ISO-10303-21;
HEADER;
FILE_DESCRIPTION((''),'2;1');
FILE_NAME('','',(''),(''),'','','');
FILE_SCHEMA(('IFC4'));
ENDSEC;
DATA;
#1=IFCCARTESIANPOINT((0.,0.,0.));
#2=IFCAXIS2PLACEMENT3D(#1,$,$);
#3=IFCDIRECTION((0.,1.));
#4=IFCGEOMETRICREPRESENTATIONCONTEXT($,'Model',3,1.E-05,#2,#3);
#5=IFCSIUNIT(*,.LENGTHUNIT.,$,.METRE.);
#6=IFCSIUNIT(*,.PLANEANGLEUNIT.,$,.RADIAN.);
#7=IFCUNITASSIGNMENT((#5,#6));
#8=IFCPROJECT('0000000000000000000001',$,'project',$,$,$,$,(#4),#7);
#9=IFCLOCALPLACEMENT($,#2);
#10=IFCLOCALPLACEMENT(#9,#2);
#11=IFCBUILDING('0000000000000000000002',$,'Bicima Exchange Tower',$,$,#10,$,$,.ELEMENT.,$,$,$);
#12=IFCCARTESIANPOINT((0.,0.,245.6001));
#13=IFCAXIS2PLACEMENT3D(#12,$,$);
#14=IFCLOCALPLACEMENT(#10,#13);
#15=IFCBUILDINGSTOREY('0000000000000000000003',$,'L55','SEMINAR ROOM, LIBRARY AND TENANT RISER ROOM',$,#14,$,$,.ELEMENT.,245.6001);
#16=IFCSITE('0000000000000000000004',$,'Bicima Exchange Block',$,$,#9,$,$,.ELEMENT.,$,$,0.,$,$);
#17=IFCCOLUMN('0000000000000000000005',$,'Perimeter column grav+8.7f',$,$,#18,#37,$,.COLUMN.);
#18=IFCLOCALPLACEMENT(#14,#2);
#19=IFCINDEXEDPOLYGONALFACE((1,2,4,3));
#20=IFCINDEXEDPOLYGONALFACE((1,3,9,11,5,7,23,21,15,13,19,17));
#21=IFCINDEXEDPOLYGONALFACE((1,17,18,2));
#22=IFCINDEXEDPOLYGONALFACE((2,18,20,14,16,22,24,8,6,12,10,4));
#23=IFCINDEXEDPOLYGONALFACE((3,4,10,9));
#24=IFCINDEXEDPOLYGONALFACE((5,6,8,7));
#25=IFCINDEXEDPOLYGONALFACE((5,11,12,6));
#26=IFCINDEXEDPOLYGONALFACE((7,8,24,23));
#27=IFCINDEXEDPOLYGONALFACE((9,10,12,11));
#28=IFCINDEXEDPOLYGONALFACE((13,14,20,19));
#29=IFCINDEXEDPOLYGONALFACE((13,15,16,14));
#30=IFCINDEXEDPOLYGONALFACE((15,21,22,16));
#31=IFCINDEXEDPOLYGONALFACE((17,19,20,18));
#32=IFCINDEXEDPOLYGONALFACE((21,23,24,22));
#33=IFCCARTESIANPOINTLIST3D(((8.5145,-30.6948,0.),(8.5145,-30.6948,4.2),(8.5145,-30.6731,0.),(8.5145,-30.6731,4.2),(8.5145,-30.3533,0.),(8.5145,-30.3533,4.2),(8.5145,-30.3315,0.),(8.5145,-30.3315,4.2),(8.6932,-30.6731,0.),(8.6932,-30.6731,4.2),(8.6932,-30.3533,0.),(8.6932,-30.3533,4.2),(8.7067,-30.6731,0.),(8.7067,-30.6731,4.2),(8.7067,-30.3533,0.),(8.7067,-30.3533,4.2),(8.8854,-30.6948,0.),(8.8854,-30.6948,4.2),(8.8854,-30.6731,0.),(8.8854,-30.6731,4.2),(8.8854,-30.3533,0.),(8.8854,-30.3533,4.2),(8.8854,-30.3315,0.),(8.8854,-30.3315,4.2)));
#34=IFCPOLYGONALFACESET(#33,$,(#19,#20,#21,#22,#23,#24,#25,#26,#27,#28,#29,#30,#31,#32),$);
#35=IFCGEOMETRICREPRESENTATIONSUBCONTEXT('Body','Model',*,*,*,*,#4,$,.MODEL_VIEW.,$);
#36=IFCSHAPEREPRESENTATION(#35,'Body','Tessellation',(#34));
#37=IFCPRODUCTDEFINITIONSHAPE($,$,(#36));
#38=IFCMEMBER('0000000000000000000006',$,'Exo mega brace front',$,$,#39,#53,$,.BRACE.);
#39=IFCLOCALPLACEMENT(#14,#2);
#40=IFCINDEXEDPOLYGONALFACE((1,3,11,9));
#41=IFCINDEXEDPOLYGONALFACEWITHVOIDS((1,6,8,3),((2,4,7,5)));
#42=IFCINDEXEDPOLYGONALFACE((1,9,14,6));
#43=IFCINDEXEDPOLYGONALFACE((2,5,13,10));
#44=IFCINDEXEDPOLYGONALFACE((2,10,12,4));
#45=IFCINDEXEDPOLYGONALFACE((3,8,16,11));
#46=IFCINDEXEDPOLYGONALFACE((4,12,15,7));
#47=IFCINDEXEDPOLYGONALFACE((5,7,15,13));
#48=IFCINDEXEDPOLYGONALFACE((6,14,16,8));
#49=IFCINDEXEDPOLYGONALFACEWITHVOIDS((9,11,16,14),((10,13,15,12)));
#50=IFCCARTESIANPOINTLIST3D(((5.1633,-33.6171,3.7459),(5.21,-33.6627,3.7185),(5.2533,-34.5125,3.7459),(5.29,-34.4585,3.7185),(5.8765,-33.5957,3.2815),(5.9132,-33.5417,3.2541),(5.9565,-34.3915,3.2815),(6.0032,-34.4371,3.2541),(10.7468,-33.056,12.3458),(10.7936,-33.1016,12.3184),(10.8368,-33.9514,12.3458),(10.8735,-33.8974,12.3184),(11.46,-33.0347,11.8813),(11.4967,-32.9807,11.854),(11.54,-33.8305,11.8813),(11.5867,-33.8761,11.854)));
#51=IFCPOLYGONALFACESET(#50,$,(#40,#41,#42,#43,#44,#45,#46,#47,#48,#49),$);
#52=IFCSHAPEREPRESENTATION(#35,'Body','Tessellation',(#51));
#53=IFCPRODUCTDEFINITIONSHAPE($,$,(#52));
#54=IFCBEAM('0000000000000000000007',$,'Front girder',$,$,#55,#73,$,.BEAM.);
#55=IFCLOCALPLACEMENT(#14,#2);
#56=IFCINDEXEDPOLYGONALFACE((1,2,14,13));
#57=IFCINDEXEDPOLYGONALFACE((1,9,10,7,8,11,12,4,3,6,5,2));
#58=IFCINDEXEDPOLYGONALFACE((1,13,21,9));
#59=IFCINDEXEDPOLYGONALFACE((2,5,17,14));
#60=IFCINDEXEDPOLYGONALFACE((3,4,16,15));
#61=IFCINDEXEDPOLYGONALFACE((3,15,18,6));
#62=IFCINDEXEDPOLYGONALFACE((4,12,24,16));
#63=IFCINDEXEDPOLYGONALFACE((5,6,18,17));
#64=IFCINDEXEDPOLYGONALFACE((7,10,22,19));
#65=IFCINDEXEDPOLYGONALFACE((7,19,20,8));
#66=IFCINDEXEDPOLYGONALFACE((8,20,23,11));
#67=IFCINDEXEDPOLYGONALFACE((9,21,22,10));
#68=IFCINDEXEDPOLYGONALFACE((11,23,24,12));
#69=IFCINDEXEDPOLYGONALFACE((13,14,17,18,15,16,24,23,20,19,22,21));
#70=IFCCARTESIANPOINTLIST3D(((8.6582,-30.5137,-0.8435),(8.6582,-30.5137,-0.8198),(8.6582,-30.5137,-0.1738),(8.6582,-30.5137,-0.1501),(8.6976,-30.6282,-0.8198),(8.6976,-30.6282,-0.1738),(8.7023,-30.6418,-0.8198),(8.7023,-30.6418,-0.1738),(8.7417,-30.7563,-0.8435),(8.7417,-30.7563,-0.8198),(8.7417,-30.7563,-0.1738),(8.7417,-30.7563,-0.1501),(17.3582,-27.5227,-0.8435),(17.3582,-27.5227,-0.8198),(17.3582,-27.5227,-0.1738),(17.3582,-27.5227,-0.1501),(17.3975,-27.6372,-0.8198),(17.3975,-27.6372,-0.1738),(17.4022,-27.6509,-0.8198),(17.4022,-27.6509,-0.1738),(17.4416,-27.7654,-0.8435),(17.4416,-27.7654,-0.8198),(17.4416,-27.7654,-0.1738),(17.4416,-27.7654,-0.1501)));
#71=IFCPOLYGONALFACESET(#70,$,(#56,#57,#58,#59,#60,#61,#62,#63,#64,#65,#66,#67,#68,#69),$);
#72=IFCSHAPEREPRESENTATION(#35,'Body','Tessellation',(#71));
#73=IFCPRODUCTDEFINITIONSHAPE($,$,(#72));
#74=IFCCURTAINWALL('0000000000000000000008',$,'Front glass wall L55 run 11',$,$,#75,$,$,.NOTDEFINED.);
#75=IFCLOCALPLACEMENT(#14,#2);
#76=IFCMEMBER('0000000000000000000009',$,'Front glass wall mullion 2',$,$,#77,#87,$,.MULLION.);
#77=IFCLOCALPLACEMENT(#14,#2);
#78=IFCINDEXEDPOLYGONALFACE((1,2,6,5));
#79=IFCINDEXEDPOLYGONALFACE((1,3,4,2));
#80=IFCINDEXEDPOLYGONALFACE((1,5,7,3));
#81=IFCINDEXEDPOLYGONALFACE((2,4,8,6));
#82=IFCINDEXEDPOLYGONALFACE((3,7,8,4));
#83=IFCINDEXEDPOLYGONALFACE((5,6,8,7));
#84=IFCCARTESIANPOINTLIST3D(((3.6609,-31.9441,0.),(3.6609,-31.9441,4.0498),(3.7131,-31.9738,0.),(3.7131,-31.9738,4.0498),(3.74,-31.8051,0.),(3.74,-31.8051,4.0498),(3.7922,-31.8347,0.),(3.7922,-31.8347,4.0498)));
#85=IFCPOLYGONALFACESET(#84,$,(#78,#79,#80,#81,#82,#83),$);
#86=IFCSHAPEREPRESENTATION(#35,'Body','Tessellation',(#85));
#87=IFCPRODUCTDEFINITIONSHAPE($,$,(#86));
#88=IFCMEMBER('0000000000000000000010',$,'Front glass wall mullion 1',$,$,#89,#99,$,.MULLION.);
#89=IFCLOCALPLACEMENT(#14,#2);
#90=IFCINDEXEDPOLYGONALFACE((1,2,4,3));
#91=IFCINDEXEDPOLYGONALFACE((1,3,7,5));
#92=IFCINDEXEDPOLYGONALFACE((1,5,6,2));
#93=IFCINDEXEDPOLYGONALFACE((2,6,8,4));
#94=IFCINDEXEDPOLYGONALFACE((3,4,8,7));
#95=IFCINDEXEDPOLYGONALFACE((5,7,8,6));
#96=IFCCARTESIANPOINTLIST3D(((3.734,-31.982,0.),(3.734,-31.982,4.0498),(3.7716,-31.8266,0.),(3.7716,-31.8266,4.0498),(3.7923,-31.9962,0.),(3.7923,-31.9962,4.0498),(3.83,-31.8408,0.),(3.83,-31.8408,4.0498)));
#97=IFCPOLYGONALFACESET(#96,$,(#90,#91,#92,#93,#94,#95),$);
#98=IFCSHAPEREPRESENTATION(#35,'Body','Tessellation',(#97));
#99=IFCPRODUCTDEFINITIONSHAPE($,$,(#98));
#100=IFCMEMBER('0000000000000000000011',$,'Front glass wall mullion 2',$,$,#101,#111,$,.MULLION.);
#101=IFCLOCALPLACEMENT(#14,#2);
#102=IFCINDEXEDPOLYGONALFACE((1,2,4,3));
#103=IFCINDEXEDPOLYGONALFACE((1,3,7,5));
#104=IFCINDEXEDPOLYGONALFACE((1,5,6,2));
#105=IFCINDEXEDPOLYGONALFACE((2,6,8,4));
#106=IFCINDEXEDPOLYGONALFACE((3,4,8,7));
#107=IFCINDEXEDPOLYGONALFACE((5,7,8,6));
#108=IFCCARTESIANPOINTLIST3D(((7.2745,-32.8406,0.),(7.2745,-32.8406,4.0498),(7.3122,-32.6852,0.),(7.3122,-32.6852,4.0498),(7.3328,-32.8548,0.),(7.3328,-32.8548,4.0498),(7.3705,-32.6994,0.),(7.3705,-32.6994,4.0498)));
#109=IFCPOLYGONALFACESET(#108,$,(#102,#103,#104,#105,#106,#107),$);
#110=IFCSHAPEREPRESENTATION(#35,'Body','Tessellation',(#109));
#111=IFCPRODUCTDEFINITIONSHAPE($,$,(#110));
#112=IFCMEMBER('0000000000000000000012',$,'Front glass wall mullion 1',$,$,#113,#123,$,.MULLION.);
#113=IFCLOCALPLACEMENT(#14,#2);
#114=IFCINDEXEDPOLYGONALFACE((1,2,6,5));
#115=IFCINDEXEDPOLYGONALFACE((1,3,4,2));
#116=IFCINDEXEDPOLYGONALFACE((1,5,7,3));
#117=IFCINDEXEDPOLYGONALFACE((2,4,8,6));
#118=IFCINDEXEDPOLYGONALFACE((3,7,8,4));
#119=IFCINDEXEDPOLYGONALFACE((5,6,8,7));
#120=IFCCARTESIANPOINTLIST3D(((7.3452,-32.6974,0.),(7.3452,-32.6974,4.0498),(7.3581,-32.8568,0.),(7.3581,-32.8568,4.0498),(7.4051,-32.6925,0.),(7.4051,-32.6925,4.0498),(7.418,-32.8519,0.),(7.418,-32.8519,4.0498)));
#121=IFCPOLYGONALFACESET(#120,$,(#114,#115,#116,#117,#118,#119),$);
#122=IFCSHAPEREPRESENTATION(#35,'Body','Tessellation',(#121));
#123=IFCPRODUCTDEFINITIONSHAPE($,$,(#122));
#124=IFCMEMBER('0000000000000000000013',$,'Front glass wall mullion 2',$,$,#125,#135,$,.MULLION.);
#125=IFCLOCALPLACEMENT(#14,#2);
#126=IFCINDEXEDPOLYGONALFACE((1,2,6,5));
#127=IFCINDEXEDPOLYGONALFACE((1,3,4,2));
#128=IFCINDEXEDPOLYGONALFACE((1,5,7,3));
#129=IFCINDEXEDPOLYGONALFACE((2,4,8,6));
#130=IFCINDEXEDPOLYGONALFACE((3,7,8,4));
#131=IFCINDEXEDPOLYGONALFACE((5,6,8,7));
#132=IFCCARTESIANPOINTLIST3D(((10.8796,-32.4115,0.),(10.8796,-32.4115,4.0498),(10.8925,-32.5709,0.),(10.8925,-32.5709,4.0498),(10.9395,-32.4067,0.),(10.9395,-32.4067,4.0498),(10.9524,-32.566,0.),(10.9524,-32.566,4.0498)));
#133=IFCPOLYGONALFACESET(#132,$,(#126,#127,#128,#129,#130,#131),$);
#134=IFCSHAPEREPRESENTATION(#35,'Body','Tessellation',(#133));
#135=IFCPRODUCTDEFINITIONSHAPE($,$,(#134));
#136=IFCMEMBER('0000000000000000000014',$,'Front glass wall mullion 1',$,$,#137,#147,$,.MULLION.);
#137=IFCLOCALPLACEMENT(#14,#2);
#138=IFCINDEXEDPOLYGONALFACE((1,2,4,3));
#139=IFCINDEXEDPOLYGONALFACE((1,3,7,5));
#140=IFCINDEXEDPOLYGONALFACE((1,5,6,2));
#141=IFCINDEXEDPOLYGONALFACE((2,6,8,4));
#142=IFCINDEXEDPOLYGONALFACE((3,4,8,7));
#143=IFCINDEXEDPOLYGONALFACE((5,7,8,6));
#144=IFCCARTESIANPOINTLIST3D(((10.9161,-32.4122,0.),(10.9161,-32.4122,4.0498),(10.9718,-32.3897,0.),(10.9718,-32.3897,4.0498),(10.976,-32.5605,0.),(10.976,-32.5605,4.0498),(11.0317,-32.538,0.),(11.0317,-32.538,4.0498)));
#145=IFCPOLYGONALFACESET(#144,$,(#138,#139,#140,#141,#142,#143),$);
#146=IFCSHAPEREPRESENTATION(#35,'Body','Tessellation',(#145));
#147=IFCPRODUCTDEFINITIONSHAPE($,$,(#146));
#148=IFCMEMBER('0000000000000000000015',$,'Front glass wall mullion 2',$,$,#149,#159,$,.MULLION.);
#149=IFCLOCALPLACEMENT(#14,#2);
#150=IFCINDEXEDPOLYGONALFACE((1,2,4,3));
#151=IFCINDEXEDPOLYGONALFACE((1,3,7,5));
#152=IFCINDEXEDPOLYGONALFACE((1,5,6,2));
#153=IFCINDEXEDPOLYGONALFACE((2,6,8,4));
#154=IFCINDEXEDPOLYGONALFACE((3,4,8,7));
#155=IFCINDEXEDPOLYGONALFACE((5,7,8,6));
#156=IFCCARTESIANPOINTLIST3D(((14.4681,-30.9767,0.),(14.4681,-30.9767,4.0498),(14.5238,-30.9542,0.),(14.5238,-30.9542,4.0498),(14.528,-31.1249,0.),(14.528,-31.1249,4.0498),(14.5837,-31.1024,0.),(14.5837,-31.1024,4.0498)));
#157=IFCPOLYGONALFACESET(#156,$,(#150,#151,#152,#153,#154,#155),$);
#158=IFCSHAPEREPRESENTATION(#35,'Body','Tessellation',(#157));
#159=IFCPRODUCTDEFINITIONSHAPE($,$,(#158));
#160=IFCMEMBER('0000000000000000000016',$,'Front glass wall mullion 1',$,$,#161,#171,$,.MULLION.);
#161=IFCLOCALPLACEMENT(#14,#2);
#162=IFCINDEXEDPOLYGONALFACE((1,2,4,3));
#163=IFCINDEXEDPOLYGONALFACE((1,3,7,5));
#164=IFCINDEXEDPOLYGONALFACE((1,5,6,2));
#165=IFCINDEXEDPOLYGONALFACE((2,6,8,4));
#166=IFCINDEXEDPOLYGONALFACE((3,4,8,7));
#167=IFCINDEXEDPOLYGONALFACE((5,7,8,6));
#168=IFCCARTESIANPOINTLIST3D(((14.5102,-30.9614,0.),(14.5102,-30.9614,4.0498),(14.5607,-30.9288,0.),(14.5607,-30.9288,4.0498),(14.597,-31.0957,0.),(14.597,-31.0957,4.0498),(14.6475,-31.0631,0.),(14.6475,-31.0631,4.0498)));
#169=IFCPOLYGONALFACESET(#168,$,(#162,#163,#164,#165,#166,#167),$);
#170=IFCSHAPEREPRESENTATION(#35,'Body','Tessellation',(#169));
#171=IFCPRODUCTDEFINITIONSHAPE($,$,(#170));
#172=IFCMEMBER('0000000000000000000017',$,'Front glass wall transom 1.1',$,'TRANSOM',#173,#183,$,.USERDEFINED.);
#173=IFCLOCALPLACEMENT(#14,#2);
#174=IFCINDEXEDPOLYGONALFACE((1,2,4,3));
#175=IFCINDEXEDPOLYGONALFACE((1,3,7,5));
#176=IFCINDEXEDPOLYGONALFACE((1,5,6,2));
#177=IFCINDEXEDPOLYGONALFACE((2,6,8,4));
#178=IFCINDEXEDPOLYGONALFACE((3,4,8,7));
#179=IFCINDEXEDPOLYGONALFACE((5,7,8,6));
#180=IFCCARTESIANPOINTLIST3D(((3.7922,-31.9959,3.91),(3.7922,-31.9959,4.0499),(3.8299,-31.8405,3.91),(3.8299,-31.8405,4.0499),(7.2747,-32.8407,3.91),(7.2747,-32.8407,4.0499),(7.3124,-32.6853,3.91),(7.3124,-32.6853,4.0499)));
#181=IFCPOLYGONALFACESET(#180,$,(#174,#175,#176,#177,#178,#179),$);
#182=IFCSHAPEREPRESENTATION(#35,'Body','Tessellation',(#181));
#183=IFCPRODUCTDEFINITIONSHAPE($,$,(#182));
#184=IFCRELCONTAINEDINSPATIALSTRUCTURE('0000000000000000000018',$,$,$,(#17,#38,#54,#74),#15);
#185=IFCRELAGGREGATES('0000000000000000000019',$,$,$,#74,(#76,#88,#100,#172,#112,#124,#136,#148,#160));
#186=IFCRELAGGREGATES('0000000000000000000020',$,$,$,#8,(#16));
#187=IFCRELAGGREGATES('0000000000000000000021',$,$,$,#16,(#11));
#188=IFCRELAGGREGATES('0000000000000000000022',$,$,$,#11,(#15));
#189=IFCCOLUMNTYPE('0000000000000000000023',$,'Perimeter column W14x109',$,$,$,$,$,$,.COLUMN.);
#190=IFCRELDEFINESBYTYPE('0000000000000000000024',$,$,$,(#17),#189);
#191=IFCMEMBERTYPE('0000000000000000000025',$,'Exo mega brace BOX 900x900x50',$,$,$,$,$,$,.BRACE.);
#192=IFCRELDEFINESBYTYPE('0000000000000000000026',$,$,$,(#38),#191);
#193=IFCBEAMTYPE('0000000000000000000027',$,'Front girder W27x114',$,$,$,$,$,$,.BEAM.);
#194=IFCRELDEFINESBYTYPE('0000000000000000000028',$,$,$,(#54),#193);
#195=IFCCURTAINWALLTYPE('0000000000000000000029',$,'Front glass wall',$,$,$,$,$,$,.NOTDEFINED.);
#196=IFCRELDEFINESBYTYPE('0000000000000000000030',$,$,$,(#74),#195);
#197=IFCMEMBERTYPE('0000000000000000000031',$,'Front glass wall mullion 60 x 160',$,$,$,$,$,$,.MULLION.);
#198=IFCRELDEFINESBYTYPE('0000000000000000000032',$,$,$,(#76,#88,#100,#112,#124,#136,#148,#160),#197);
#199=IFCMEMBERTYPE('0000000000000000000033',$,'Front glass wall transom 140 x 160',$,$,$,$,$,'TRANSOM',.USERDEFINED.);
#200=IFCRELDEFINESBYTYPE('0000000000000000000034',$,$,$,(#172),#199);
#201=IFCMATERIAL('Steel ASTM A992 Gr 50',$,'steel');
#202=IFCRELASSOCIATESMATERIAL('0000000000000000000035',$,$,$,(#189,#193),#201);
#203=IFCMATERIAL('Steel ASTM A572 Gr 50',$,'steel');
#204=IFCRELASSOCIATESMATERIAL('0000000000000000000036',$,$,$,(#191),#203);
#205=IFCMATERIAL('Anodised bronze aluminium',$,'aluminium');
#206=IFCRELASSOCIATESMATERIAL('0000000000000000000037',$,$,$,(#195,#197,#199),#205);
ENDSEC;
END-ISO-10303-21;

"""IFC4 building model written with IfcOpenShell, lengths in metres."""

from ifc_helpers import new_model, si_unit, direction, frame, origin, origin_2d, place, context, subcontext, project, spatial, rectangle, hollow_rectangle, i_section, extrude, material, material_profile, profile_set, type_object, element, aggregate, save


model = new_model("IFC4")

# Units and contexts
model_context = context("Model", 3, precision=1e-05, world=origin(), true_north=direction((0.0, 1.0)))
body_context = subcontext(model_context, "Body", "Model", "MODEL_VIEW")
ifc_project = project(units=[si_unit("LENGTHUNIT", "METRE"), si_unit("PLANEANGLEUNIT", "RADIAN")], contexts=[model_context])

# Site, building, storey
site_placement = place(None, origin())
site = spatial("IfcSite", under=ifc_project, at=site_placement, Name="Bicima Exchange Block", CompositionType="ELEMENT", RefElevation=0.0)
building_placement = place(site_placement, origin())
building = spatial("IfcBuilding", under=site, at=building_placement, Name="Bicima Exchange Tower", CompositionType="ELEMENT")
storey_placement = place(building_placement, frame((0.0, 0.0, 245.6001)))
storey = spatial("IfcBuildingStorey", under=building, at=storey_placement, Name="L55", Description="SEMINAR ROOM, LIBRARY AND TENANT RISER ROOM", CompositionType="ELEMENT", Elevation=245.6001)

# Column
ifc_material_1 = material(Name="Steel ASTM A992 Gr 50", Category="steel")
ifc_material_profile_1 = material_profile(ifc_material_1, i_section(OverallWidth=0.3708, OverallDepth=0.3633, WebThickness=0.0134, FlangeThickness=0.0217, at=origin_2d()))
ifc_profile_set_1 = profile_set([ifc_material_profile_1], Name="Steel ASTM A992 Gr 50")
column_type = type_object("IfcColumnType", Name="Perimeter column W14x109", PredefinedType="COLUMN", material=ifc_profile_set_1)
column_placement = place(storey_placement, frame((8.7, -30.5132, 0.0), z_axis=(0.0, 0.0, 1.0), x_axis=(1.0, 0.0, 0.0)))
element("IfcColumn", 1, at=column_placement, inside=storey, type_object=column_type, Name="Perimeter column grav+8.7f", PredefinedType="COLUMN", context=body_context, shape_type="SweptSolid", body=[
    extrude(i_section(OverallWidth=0.3708, OverallDepth=0.3633, WebThickness=0.0134, FlangeThickness=0.0217, at=origin_2d()), origin(), (0.0, 0.0, 1.0), 4.2),
])

# Member
ifc_material_2 = material(Name="Steel ASTM A572 Gr 50", Category="steel")
ifc_material_profile_2 = material_profile(ifc_material_2, hollow_rectangle(XDim=0.8999, YDim=0.8999, WallThickness=0.05, at=origin_2d()))
ifc_profile_set_2 = profile_set([ifc_material_profile_2], Name="Steel ASTM A572 Gr 50")
member_type_1 = type_object("IfcMemberType", Name="Exo mega brace BOX 900x900x50", PredefinedType="BRACE", material=ifc_profile_set_2)
member_1_placement = place(storey_placement, frame((5.5833, -34.0271, 3.5), z_axis=(0.543736, 0.054635, 0.837476), x_axis=(-0.099978, 0.99499, 0.0)))
element("IfcMember", 2, at=member_1_placement, inside=storey, type_object=member_type_1, Name="Exo mega brace front", PredefinedType="BRACE", context=body_context, shape_type="SweptSolid", body=[
    extrude(hollow_rectangle(XDim=0.8999, YDim=0.8999, WallThickness=0.05, at=origin_2d()), origin(), (0.0, 0.0, 1.0), 10.2688),
])

# Beam
ifc_material_profile_3 = material_profile(ifc_material_1, i_section(OverallWidth=0.2566, OverallDepth=0.6934, WebThickness=0.0144, FlangeThickness=0.0237, at=origin_2d()))
ifc_profile_set_3 = profile_set([ifc_material_profile_3], Name="Steel ASTM A992 Gr 50")
beam_type = type_object("IfcBeamType", Name="Front girder W27x114", PredefinedType="BEAM", material=ifc_profile_set_3)
beam_placement = place(storey_placement, frame((8.7, -30.635, -0.4968), z_axis=(0.945675, 0.325115, 0.0), x_axis=(-0.325115, 0.945675, 0.0)))
element("IfcBeam", 3, at=beam_placement, inside=storey, type_object=beam_type, Name="Front girder", PredefinedType="BEAM", context=body_context, shape_type="SweptSolid", body=[
    extrude(i_section(OverallWidth=0.2566, OverallDepth=0.6934, WebThickness=0.0144, FlangeThickness=0.0237, at=origin_2d()), origin(), (0.0, 0.0, 1.0), 9.1997),
])

# Curtain wall, members
ifc_material_3 = material(Name="Anodised bronze aluminium", Category="aluminium")
curtain_wall_type = type_object("IfcCurtainWallType", Name="Front glass wall", PredefinedType="NOTDEFINED", material=ifc_material_3)
curtain_wall_placement = place(storey_placement, origin())
curtain_wall = element("IfcCurtainWall", 4, at=curtain_wall_placement, inside=storey, type_object=curtain_wall_type, Name="Front glass wall L55 run 11", PredefinedType="NOTDEFINED")
ifc_material_profile_4 = material_profile(ifc_material_3, rectangle(XDim=0.1599, YDim=0.0601, at=origin_2d()))
ifc_profile_set_4 = profile_set([ifc_material_profile_4], Name="Anodised bronze aluminium")
member_type_2 = type_object("IfcMemberType", Name="Front glass wall mullion 60 x 160", PredefinedType="MULLION", material=ifc_profile_set_4)
member_2_placement = place(storey_placement, frame((3.7266, -31.8894, 0.0), z_axis=(0.0, 0.0, 1.0), x_axis=(0.49433, 0.869274, 0.0)))
member_2 = element("IfcMember", 5, at=member_2_placement, type_object=member_type_2, Name="Front glass wall mullion 2", PredefinedType="MULLION", context=body_context, shape_type="SweptSolid", body=[
    extrude(rectangle(XDim=0.1599, YDim=0.0601, at=origin_2d()), origin(), (0.0, 0.0, 1.0), 4.0498),
])
member_3_placement = place(storey_placement, frame((3.782, -31.9114, 0.0), z_axis=(0.0, 0.0, 1.0), x_axis=(0.235682, 0.97183, 0.0)))
member_3 = element("IfcMember", 6, at=member_3_placement, type_object=member_type_2, Name="Front glass wall mullion 1", PredefinedType="MULLION", context=body_context, shape_type="SweptSolid", body=[
    extrude(rectangle(XDim=0.1599, YDim=0.0601, at=origin_2d()), origin(), (0.0, 0.0, 1.0), 4.0498),
])
member_4_placement = place(storey_placement, frame((7.3225, -32.77, 0.0), z_axis=(0.0, 0.0, 1.0), x_axis=(0.235682, 0.97183, 0.0)))
member_4 = element("IfcMember", 7, at=member_4_placement, type_object=member_type_2, Name="Front glass wall mullion 2", PredefinedType="MULLION", context=body_context, shape_type="SweptSolid", body=[
    extrude(rectangle(XDim=0.1599, YDim=0.0601, at=origin_2d()), origin(), (0.0, 0.0, 1.0), 4.0498),
])
member_5_placement = place(storey_placement, frame((7.3816, -32.7747, 0.0), z_axis=(0.0, 0.0, 1.0), x_axis=(-0.080589, 0.996747, 0.0)))
member_5 = element("IfcMember", 8, at=member_5_placement, type_object=member_type_2, Name="Front glass wall mullion 1", PredefinedType="MULLION", context=body_context, shape_type="SweptSolid", body=[
    extrude(rectangle(XDim=0.1599, YDim=0.0601, at=origin_2d()), origin(), (0.0, 0.0, 1.0), 4.0498),
])
member_6_placement = place(storey_placement, frame((10.916, -32.4888, 0.0), z_axis=(0.0, 0.0, 1.0), x_axis=(-0.080589, 0.996747, 0.0)))
member_6 = element("IfcMember", 9, at=member_6_placement, type_object=member_type_2, Name="Front glass wall mullion 2", PredefinedType="MULLION", context=body_context, shape_type="SweptSolid", body=[
    extrude(rectangle(XDim=0.1599, YDim=0.0601, at=origin_2d()), origin(), (0.0, 0.0, 1.0), 4.0498),
])
member_7_placement = place(storey_placement, frame((10.9739, -32.4751, 0.0), z_axis=(0.0, 0.0, 1.0), x_axis=(-0.374705, 0.927144, 0.0)))
member_7 = element("IfcMember", 10, at=member_7_placement, type_object=member_type_2, Name="Front glass wall mullion 1", PredefinedType="MULLION", context=body_context, shape_type="SweptSolid", body=[
    extrude(rectangle(XDim=0.1599, YDim=0.0601, at=origin_2d()), origin(), (0.0, 0.0, 1.0), 4.0498),
])
member_8_placement = place(storey_placement, frame((14.5259, -31.0396, 0.0), z_axis=(0.0, 0.0, 1.0), x_axis=(-0.374705, 0.927144, 0.0)))
member_8 = element("IfcMember", 11, at=member_8_placement, type_object=member_type_2, Name="Front glass wall mullion 2", PredefinedType="MULLION", context=body_context, shape_type="SweptSolid", body=[
    extrude(rectangle(XDim=0.1599, YDim=0.0601, at=origin_2d()), origin(), (0.0, 0.0, 1.0), 4.0498),
])
member_9_placement = place(storey_placement, frame((14.5789, -31.0122, 0.0), z_axis=(0.0, 0.0, 1.0), x_axis=(-0.542909, 0.839791, 0.0)))
member_9 = element("IfcMember", 12, at=member_9_placement, type_object=member_type_2, Name="Front glass wall mullion 1", PredefinedType="MULLION", context=body_context, shape_type="SweptSolid", body=[
    extrude(rectangle(XDim=0.1599, YDim=0.0601, at=origin_2d()), origin(), (0.0, 0.0, 1.0), 4.0498),
])
ifc_material_profile_5 = material_profile(ifc_material_3, rectangle(XDim=0.1599, YDim=0.1399, at=origin_2d()))
ifc_profile_set_5 = profile_set([ifc_material_profile_5], Name="Anodised bronze aluminium")
member_type_3 = type_object("IfcMemberType", Name="Front glass wall transom 140 x 160", ElementType="TRANSOM", PredefinedType="USERDEFINED", material=ifc_profile_set_5)
member_10_placement = place(storey_placement, frame((3.811, -31.9182, 3.98), z_axis=(0.971818, -0.235733, 0.0), x_axis=(0.235733, 0.971818, 0.0)))
member_10 = element("IfcMember", 13, at=member_10_placement, type_object=member_type_3, Name="Front glass wall transom 1.1", ObjectType="TRANSOM", PredefinedType="USERDEFINED", context=body_context, shape_type="SweptSolid", body=[
    extrude(rectangle(XDim=0.1599, YDim=0.1399, at=origin_2d()), origin(), (0.0, 0.0, 1.0), 3.5835),
])
aggregate(curtain_wall, [member_2, member_3, member_4, member_10, member_5, member_6, member_7, member_8, member_9])

save(model, "model.ifc")
